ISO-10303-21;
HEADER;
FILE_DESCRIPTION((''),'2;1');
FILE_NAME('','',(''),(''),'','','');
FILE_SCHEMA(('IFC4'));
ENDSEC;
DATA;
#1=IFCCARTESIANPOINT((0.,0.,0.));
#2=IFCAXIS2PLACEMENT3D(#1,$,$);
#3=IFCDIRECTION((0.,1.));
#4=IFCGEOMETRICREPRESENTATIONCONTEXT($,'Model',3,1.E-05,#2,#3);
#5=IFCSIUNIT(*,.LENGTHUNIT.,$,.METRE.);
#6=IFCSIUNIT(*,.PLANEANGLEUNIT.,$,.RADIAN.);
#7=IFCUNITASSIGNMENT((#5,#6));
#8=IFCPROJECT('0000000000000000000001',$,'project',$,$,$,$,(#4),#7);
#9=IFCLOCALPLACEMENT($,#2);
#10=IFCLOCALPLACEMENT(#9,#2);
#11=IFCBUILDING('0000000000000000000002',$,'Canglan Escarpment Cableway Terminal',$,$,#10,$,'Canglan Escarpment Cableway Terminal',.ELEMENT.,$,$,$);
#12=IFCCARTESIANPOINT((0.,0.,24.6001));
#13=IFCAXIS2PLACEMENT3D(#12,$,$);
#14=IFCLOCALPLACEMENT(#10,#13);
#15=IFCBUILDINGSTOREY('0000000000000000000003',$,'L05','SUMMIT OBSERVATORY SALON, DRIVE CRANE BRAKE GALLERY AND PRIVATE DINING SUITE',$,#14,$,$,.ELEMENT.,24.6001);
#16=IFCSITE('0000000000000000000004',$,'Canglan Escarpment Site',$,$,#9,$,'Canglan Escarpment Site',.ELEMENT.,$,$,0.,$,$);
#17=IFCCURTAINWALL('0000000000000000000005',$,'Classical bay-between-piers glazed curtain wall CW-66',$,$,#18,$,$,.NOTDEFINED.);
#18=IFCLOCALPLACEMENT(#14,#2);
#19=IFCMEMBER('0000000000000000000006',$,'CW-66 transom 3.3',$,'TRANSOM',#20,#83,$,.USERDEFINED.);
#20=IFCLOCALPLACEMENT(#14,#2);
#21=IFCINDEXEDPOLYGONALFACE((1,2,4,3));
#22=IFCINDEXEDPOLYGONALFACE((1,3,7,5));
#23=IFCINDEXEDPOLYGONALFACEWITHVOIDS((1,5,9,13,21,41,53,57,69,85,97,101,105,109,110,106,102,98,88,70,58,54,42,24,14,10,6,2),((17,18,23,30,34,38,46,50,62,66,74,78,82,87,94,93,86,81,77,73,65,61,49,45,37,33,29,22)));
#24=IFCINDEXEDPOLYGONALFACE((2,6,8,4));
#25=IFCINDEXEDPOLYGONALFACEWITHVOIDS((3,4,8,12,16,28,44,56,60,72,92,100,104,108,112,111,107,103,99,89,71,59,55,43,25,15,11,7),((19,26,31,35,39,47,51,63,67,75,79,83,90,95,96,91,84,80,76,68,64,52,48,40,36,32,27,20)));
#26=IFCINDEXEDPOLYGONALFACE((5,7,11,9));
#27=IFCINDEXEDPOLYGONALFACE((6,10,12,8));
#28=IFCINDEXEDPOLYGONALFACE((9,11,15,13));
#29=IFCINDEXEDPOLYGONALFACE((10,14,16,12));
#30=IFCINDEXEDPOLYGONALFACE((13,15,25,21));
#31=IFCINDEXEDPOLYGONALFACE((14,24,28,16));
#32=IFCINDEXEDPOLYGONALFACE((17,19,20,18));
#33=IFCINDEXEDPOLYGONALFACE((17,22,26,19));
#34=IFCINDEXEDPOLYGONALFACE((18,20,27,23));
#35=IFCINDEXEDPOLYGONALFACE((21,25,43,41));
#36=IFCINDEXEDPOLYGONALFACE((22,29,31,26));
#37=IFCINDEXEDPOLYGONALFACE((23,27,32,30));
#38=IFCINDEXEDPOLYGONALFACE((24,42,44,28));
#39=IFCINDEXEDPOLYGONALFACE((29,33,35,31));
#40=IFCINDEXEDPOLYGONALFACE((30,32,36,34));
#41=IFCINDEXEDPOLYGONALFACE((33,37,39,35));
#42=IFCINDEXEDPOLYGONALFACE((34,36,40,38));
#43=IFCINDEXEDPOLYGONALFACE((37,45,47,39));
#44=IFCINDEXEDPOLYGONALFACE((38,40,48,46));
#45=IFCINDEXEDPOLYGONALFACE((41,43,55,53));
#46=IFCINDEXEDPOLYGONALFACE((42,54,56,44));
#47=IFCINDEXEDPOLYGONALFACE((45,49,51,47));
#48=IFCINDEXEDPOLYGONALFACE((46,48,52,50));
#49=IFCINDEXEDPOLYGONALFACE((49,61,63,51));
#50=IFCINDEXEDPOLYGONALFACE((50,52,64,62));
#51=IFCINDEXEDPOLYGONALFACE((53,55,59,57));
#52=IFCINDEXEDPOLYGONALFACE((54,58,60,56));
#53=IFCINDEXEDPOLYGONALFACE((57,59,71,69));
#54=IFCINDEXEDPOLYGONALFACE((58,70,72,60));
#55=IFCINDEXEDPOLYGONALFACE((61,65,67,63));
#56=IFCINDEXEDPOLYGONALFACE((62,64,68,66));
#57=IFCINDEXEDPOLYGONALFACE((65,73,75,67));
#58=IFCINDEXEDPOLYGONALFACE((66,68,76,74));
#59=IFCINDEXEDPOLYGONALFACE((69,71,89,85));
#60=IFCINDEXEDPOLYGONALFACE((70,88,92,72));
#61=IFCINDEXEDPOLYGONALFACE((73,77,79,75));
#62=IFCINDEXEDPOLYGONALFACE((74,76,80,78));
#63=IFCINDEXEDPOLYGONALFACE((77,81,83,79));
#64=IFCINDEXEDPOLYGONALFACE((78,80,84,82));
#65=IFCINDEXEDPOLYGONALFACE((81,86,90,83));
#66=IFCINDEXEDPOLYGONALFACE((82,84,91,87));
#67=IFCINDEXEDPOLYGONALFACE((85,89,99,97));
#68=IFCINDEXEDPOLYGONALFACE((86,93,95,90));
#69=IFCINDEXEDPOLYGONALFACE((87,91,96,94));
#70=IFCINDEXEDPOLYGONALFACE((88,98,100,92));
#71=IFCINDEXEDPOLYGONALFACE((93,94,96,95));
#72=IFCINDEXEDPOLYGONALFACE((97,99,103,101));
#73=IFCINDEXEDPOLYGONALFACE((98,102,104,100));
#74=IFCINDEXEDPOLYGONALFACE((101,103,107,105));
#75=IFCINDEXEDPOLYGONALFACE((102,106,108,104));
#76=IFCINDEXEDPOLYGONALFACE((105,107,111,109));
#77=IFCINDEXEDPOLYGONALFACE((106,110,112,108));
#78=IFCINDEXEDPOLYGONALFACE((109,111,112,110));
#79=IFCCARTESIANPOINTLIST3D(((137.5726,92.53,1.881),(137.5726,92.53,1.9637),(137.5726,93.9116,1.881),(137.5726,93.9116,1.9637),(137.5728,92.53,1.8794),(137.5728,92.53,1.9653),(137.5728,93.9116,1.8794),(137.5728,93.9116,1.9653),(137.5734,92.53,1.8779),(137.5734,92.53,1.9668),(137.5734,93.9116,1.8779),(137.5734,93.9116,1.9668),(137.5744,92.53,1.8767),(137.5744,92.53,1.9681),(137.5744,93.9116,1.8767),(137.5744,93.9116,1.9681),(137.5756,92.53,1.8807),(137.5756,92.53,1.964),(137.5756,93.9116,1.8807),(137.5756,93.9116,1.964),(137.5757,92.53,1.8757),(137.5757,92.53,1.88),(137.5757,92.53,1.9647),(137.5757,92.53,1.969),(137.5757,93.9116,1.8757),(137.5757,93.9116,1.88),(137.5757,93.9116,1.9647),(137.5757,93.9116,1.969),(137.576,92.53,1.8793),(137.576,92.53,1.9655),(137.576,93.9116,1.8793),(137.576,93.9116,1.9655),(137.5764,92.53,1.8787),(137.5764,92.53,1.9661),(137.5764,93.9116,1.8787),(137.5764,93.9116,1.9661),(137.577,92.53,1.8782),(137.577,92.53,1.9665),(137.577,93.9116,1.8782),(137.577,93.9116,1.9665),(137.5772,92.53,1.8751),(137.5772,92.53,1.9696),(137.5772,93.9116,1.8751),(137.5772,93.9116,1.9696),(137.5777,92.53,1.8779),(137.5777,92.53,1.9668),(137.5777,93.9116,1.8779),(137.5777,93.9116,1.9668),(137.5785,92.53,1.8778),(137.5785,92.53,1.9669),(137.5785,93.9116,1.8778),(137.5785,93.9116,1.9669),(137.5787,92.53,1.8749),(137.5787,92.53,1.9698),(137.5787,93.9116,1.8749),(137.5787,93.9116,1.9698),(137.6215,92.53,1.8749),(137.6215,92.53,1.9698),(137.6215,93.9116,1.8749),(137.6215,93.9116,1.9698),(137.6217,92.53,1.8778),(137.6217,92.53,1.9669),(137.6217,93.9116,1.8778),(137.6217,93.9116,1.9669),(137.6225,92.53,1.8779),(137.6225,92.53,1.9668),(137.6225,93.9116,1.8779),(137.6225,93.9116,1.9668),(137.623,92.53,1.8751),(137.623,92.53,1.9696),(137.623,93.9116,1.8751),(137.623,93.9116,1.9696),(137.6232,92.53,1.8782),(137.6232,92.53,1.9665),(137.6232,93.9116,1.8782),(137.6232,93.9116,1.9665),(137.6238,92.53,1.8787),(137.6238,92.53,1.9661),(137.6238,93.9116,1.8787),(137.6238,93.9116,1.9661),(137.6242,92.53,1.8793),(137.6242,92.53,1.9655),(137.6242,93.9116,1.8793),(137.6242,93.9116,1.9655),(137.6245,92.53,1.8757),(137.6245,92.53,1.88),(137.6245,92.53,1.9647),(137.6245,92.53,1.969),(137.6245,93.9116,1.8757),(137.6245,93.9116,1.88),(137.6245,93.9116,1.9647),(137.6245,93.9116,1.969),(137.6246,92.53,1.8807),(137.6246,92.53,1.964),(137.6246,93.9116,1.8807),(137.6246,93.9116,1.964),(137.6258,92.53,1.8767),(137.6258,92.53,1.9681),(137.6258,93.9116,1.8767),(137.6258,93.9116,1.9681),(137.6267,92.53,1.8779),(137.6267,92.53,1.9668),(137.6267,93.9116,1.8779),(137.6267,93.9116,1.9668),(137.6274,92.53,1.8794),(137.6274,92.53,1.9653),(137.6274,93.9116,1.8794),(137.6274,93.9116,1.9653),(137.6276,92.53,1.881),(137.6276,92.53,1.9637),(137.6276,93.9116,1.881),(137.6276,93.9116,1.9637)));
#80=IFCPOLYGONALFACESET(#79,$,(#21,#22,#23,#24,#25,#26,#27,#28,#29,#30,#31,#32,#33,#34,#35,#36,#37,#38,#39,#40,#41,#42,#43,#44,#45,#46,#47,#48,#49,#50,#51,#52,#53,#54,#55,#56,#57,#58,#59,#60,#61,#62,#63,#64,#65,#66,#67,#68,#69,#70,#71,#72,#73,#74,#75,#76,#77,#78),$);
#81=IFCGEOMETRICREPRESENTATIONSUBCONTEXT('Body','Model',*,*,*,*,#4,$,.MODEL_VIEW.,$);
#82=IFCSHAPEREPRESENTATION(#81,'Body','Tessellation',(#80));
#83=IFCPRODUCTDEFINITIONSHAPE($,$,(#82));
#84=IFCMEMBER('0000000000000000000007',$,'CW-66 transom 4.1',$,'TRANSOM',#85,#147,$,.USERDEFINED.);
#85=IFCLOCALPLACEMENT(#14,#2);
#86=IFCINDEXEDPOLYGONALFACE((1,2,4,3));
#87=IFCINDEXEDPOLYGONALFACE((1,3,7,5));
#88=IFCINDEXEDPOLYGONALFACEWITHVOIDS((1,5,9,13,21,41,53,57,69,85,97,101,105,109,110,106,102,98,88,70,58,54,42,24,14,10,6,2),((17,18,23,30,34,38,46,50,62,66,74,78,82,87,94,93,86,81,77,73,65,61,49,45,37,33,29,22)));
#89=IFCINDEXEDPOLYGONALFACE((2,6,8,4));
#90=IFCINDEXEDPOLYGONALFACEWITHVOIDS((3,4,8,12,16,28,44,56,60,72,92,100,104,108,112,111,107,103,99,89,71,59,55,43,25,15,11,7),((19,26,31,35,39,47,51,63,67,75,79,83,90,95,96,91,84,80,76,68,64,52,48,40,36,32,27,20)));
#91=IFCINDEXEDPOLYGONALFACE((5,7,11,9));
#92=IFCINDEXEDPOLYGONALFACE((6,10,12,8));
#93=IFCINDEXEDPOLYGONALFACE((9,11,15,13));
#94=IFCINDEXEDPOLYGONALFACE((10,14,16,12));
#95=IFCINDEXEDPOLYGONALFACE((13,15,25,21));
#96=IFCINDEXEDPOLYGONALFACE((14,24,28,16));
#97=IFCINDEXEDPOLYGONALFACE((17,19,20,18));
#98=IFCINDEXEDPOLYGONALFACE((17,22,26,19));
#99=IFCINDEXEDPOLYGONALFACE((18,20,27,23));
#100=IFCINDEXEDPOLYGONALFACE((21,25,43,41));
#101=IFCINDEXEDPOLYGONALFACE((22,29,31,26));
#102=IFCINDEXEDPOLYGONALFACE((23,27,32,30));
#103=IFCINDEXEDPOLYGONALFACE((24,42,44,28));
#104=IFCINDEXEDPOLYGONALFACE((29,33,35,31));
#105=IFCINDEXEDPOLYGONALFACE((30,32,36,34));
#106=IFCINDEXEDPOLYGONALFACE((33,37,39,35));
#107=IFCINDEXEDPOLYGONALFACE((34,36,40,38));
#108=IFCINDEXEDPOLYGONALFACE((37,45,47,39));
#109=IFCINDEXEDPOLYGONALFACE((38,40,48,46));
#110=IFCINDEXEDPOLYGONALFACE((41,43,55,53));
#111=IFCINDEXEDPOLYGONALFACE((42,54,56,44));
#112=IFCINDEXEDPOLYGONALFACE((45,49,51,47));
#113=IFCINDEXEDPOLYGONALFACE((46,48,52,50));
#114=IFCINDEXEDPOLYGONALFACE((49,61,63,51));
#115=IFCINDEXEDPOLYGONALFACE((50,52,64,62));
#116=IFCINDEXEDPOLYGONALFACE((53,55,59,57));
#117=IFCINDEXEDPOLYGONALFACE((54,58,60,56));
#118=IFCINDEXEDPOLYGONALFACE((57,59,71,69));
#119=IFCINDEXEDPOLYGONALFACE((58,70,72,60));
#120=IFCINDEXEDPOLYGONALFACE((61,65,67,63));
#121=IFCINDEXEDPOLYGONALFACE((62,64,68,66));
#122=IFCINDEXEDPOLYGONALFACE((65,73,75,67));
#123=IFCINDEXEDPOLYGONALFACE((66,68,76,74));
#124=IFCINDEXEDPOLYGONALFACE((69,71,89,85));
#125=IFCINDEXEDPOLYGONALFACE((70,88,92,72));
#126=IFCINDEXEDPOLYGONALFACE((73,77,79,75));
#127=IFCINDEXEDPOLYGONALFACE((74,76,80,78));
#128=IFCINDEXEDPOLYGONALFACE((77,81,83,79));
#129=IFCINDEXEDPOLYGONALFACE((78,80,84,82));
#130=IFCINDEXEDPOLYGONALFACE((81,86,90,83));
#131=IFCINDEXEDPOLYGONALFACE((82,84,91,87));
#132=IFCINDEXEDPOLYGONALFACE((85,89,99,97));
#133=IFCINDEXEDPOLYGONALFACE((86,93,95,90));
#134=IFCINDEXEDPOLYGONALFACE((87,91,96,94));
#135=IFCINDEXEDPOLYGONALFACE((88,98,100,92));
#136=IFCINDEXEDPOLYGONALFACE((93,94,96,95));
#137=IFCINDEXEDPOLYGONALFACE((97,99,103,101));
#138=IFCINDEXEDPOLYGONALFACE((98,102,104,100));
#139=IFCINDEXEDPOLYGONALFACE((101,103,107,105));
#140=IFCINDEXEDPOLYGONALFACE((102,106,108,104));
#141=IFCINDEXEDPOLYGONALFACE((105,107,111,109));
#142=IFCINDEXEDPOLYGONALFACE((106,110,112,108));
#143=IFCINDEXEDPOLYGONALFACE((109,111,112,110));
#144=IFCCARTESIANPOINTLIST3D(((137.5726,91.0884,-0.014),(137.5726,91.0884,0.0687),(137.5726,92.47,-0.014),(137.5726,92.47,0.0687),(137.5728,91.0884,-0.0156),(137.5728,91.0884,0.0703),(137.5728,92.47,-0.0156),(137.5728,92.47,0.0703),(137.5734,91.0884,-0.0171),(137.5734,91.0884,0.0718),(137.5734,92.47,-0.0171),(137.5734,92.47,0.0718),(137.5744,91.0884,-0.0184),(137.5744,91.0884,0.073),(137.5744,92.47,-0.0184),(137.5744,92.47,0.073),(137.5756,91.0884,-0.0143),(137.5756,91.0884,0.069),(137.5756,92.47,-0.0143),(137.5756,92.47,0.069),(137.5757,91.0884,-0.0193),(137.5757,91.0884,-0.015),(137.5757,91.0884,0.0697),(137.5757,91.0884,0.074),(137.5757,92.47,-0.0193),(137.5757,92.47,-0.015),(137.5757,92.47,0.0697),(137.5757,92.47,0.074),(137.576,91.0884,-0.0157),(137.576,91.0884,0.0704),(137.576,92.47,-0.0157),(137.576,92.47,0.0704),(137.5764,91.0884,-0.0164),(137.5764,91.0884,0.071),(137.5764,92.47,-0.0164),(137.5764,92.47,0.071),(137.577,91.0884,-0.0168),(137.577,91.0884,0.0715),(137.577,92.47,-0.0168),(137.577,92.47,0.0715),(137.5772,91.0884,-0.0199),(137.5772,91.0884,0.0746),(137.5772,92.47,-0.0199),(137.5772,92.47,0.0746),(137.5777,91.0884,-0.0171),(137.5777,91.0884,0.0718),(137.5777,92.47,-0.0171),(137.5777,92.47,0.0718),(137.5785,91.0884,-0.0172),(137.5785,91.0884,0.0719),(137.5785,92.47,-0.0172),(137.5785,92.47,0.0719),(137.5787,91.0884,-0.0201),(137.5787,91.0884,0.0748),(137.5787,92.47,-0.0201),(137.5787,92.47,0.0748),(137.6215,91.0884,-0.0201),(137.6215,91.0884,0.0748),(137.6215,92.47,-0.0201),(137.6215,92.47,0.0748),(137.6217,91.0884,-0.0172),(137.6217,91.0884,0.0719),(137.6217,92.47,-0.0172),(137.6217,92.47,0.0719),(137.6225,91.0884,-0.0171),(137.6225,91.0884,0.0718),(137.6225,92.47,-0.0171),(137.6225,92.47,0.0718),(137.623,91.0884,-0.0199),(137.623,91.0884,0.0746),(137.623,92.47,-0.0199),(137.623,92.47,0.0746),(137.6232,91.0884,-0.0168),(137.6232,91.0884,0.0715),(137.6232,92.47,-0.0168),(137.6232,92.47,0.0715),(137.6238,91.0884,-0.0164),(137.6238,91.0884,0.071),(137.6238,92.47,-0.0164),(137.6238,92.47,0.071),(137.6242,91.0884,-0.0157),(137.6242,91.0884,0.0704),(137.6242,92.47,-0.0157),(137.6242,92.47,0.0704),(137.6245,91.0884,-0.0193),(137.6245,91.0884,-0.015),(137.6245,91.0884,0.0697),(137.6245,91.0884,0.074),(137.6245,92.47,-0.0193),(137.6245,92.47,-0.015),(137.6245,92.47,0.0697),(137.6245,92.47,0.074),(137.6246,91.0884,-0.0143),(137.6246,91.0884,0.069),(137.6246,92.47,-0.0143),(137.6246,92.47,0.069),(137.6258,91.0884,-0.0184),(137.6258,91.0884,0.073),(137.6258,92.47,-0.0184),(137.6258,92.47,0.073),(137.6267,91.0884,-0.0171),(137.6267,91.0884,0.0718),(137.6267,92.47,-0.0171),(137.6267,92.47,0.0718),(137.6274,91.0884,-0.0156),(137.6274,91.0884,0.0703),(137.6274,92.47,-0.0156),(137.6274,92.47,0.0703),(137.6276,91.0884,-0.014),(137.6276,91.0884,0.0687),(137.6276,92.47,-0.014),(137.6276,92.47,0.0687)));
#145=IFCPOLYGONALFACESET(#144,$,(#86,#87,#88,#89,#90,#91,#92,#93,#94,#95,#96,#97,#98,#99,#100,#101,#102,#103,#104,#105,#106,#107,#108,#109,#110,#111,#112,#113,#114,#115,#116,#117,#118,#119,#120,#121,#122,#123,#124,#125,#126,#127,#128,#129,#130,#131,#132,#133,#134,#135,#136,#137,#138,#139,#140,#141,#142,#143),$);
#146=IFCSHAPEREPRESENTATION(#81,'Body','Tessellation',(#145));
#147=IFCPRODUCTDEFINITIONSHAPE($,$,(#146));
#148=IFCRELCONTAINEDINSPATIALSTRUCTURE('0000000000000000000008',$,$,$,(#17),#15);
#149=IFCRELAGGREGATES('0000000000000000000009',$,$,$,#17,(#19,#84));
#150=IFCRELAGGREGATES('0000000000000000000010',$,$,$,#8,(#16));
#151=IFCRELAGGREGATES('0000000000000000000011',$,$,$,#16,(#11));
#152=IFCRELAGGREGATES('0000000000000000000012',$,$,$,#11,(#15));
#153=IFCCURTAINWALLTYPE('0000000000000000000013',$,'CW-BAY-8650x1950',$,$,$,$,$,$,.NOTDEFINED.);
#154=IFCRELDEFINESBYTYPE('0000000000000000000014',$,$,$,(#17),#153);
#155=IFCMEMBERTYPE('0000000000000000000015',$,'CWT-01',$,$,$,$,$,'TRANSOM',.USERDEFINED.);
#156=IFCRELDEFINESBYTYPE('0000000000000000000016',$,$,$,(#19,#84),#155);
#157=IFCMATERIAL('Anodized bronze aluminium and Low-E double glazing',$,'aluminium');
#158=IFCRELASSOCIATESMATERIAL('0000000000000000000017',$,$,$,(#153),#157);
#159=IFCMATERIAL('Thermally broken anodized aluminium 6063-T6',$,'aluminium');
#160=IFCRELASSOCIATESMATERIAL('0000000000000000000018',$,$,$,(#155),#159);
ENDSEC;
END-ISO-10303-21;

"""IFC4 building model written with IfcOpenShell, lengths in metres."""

from ifc_helpers import new_model, si_unit, direction, frame, origin, origin_2d, place, context, subcontext, project, spatial, hollow_rectangle, extrude, material, material_profile, profile_set, type_object, element, aggregate, save


model = new_model("IFC4")

# Units and contexts
model_context = context("Model", 3, precision=1e-05, world=origin(), true_north=direction((0.0, 1.0)))
body_context = subcontext(model_context, "Body", "Model", "MODEL_VIEW")
ifc_project = project(units=[si_unit("LENGTHUNIT", "METRE"), si_unit("PLANEANGLEUNIT", "RADIAN")], contexts=[model_context])

# Site, building, storey
site_placement = place(None, origin())
site = spatial("IfcSite", under=ifc_project, at=site_placement, Name="Canglan Escarpment Site", LongName="Canglan Escarpment Site", CompositionType="ELEMENT", RefElevation=0.0)
building_placement = place(site_placement, origin())
building = spatial("IfcBuilding", under=site, at=building_placement, Name="Canglan Escarpment Cableway Terminal", LongName="Canglan Escarpment Cableway Terminal", CompositionType="ELEMENT")
storey_placement = place(building_placement, frame((0.0, 0.0, 24.6001)))
storey = spatial("IfcBuildingStorey", under=building, at=storey_placement, Name="L05", Description="SUMMIT OBSERVATORY SALON, DRIVE CRANE BRAKE GALLERY AND PRIVATE DINING SUITE", CompositionType="ELEMENT", Elevation=24.6001)

# Curtain wall, members
ifc_material_1 = material(Name="Anodized bronze aluminium and Low-E double glazing", Category="aluminium")
curtain_wall_type = type_object("IfcCurtainWallType", Name="CW-BAY-8650x1950", PredefinedType="NOTDEFINED", material=ifc_material_1)
curtain_wall_placement = place(storey_placement, origin())
curtain_wall = element("IfcCurtainWall", 1, at=curtain_wall_placement, inside=storey, type_object=curtain_wall_type, Name="Classical bay-between-piers glazed curtain wall CW-66", PredefinedType="NOTDEFINED")
ifc_material_2 = material(Name="Thermally broken anodized aluminium 6063-T6", Category="aluminium")
ifc_material_profile_1 = material_profile(ifc_material_2, hollow_rectangle(XDim=0.0549, YDim=0.095, WallThickness=0.0029, InnerFilletRadius=0.0029, OuterFilletRadius=0.0061, at=origin_2d()), Name="ALU-TRAN 55x95x3")
ifc_profile_set_1 = profile_set([ifc_material_profile_1], Name="Thermally broken anodized aluminium 6063-T6")
member_type_1 = type_object("IfcMemberType", Name="CWT-01", ElementType="TRANSOM", PredefinedType="USERDEFINED", material=ifc_profile_set_1)
member_1_placement = place(storey_placement, frame((137.6001, 93.9116, 1.9224), z_axis=(0.0, -1.0, 0.0), x_axis=(1.0, 0.0, 0.0)))
member_1 = element("IfcMember", 2, at=member_1_placement, type_object=member_type_1, Name="CW-66 transom 3.3", ObjectType="TRANSOM", PredefinedType="USERDEFINED", context=body_context, shape_type="SweptSolid", body=[
    extrude(hollow_rectangle(XDim=0.0549, YDim=0.095, WallThickness=0.0029, InnerFilletRadius=0.0029, OuterFilletRadius=0.0061, at=origin_2d()), origin(), (0.0, 0.0, 1.0), 1.3816),
])
member_2_placement = place(storey_placement, frame((137.6001, 92.47, 0.0273), z_axis=(0.0, -1.0, 0.0), x_axis=(1.0, 0.0, 0.0)))
member_2 = element("IfcMember", 3, at=member_2_placement, type_object=member_type_1, Name="CW-66 transom 4.1", ObjectType="TRANSOM", PredefinedType="USERDEFINED", context=body_context, shape_type="SweptSolid", body=[
    extrude(hollow_rectangle(XDim=0.0549, YDim=0.095, WallThickness=0.0029, InnerFilletRadius=0.0029, OuterFilletRadius=0.0061, at=origin_2d()), origin(), (0.0, 0.0, 1.0), 1.3816),
])

aggregate(curtain_wall, [member_1, member_2])

save(model, "model.ifc")
